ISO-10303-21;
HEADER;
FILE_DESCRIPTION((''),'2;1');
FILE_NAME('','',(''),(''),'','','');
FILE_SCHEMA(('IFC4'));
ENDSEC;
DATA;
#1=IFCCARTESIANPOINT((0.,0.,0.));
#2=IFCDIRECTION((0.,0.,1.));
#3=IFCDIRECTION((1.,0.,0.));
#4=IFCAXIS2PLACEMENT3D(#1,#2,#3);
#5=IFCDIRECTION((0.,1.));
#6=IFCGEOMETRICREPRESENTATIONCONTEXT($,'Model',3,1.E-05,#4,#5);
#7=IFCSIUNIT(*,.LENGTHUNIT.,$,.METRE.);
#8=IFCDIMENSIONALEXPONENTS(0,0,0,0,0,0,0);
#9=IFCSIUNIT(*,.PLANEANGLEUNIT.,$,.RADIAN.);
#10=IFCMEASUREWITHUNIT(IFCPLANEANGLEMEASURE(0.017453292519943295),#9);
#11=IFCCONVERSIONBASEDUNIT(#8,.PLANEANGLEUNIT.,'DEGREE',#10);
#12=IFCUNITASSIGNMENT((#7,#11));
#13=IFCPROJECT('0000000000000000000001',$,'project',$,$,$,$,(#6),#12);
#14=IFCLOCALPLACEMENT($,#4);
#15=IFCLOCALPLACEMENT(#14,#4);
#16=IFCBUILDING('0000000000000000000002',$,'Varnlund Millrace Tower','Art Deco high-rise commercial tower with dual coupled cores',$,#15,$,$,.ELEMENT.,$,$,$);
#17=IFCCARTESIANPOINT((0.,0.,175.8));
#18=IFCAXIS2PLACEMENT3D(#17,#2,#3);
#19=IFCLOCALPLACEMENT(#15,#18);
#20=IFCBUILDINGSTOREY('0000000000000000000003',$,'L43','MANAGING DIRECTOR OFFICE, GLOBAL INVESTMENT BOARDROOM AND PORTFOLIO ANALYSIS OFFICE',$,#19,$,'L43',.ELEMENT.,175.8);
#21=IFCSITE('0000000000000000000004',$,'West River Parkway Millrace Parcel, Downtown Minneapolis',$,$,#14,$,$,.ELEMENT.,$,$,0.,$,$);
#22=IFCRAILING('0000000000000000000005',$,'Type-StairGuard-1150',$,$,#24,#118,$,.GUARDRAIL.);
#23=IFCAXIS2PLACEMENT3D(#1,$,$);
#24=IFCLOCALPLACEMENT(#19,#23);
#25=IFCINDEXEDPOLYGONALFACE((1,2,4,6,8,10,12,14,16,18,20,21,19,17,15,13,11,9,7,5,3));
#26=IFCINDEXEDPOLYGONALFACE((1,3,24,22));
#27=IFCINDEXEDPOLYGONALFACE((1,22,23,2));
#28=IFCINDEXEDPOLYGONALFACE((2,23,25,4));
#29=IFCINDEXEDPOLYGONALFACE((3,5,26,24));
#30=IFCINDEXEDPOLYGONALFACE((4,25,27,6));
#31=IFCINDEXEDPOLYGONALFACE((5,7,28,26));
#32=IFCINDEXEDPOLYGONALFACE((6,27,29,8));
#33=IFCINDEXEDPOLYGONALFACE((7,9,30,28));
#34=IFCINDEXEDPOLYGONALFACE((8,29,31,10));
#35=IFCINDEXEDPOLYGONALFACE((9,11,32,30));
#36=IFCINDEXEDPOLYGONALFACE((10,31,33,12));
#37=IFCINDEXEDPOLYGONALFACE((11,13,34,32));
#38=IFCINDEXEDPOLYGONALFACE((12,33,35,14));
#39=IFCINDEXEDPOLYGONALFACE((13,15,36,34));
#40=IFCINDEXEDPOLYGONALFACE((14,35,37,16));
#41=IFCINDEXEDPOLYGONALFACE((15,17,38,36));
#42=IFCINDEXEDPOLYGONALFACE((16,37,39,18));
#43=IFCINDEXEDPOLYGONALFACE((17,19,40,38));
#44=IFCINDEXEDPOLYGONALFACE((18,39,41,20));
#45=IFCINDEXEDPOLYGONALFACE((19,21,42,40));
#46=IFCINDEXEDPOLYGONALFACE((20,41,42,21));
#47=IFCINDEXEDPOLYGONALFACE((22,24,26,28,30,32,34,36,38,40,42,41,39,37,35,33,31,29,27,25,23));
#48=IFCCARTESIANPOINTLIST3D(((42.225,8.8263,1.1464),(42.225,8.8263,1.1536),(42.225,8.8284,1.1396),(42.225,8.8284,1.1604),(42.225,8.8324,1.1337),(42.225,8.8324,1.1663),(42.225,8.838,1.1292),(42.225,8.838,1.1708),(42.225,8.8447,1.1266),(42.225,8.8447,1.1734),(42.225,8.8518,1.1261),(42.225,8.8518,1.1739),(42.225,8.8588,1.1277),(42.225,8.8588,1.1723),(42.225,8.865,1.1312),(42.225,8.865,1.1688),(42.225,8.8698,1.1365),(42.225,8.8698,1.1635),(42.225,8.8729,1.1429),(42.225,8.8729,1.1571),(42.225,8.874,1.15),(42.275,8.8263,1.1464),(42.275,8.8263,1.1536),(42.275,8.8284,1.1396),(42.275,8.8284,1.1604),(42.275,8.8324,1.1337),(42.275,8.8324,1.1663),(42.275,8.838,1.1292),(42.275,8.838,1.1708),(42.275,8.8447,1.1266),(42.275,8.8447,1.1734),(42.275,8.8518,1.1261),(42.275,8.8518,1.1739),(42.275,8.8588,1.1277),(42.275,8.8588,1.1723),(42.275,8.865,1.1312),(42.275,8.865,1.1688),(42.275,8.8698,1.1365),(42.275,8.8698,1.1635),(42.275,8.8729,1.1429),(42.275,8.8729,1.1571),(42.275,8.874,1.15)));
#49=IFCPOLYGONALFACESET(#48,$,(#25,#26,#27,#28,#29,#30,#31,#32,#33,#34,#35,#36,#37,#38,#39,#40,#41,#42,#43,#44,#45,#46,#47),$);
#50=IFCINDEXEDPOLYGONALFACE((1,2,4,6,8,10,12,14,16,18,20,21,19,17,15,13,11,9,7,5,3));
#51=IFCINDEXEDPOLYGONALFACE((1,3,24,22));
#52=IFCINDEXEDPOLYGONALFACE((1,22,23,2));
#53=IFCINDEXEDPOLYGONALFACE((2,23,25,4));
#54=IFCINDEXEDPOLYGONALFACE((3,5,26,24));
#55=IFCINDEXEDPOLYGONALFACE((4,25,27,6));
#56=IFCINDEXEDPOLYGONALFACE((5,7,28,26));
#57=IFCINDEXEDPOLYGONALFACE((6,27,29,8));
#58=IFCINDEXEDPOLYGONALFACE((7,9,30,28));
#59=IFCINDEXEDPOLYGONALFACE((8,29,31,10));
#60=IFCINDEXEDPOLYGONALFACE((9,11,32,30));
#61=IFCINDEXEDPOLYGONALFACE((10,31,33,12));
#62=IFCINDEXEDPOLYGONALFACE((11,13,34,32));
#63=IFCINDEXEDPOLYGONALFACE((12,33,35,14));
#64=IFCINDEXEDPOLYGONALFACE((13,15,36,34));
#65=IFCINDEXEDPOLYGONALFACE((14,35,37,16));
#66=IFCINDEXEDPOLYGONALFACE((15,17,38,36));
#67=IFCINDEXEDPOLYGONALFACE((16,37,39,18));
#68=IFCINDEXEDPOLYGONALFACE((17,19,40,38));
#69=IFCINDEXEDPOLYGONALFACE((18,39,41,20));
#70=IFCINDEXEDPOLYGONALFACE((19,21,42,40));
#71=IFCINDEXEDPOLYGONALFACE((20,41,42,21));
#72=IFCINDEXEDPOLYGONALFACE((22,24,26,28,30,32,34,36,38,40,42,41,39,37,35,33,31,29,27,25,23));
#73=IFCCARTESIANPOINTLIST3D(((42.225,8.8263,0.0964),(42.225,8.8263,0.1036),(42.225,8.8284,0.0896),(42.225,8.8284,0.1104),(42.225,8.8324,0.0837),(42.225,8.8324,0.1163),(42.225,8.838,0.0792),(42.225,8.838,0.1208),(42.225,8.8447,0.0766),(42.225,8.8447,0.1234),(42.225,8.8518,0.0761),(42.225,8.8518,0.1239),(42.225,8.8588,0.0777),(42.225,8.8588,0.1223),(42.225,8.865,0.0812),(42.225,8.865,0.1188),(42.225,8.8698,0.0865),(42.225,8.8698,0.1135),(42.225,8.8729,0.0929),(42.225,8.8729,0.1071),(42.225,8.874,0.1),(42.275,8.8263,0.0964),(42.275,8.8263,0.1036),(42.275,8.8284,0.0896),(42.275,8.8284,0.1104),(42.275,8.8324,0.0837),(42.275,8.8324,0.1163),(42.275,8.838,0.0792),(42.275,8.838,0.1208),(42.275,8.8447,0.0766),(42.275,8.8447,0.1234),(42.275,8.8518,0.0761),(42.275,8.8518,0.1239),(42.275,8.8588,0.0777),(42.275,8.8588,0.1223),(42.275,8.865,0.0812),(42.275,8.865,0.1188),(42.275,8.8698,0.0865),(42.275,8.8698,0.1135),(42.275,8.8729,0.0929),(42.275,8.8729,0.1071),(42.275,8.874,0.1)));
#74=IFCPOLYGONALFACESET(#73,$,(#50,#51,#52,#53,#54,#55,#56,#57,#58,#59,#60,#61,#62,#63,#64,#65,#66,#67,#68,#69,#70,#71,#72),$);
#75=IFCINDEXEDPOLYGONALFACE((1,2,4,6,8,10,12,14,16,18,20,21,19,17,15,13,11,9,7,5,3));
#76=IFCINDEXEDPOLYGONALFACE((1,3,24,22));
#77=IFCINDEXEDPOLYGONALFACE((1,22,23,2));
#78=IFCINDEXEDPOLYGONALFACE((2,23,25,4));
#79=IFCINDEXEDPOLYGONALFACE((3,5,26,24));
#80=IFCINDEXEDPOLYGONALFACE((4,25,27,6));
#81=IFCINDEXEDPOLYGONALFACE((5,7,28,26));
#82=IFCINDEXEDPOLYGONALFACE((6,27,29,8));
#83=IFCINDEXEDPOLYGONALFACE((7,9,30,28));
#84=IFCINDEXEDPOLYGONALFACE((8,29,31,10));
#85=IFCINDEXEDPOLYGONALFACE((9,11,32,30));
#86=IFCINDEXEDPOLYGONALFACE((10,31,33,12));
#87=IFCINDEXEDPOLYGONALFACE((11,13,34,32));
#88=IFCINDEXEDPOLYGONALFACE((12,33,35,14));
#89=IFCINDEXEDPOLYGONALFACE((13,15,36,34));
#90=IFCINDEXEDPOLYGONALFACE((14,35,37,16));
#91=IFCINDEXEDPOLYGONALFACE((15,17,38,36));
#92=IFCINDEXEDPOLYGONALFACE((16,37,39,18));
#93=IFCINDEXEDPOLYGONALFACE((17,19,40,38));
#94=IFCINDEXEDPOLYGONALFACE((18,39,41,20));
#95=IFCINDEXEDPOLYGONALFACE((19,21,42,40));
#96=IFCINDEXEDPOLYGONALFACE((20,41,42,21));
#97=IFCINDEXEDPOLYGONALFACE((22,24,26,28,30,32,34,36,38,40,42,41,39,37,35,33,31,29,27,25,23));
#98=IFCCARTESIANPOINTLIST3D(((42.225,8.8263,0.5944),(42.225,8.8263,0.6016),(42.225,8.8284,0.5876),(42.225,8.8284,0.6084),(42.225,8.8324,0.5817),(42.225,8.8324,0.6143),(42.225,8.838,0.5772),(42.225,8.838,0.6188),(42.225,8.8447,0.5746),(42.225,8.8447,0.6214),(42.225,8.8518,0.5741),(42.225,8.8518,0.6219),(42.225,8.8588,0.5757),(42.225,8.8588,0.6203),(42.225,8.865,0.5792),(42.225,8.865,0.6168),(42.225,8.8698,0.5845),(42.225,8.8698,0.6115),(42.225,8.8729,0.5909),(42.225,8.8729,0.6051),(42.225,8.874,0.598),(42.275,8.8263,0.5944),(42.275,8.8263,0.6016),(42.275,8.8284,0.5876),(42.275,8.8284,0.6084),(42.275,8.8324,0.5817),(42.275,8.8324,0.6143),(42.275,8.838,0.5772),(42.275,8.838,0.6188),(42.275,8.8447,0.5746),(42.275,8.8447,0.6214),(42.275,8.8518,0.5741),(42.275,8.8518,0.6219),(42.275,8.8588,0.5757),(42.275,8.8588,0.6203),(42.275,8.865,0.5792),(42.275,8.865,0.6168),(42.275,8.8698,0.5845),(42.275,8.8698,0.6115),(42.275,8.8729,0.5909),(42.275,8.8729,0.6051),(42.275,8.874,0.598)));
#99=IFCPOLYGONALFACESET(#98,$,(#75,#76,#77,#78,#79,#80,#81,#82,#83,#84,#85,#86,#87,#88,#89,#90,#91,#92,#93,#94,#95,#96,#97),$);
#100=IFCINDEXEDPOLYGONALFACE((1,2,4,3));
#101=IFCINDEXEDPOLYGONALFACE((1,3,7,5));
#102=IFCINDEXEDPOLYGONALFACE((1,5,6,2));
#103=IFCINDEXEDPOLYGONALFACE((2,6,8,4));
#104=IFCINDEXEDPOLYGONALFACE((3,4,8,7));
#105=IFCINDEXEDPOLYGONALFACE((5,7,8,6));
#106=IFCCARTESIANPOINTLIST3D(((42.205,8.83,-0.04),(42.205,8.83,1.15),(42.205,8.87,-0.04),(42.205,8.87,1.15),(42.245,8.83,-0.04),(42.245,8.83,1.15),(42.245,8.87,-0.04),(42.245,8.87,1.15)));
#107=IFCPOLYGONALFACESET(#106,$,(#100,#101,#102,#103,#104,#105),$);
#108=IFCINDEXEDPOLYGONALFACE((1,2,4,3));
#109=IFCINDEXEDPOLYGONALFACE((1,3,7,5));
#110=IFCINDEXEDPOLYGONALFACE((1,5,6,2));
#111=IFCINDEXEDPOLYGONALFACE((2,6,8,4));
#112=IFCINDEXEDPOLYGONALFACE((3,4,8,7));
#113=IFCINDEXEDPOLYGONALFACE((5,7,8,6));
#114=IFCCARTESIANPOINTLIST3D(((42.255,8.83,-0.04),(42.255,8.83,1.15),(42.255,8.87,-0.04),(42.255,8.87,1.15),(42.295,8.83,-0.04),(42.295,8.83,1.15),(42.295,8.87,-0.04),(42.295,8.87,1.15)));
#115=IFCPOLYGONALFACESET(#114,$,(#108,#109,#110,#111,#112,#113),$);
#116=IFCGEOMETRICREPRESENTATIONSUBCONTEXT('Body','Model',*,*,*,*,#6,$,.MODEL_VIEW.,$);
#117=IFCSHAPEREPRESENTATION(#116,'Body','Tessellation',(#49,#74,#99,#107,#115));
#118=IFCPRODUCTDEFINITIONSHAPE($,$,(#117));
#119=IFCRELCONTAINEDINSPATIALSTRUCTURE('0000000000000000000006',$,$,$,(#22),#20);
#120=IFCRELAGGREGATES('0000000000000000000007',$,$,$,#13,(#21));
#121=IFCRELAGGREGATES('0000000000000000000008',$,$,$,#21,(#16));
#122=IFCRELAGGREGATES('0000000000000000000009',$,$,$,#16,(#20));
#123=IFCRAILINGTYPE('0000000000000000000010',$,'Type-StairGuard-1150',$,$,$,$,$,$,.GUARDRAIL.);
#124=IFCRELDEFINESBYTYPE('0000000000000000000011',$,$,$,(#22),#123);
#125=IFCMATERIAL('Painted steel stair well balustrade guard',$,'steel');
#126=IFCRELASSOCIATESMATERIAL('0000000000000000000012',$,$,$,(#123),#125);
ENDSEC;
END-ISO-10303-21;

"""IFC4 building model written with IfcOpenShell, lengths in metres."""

from ifc_helpers import new_model, entity, si_unit, converted_unit, direction, frame, origin_with_axes, origin_2d_with_axis, place, context, subcontext, project, spatial, rectangle, circle, extrude, material, type_object, element, save


model = new_model("IFC4")

# Units and contexts
model_context = context("Model", 3, precision=1e-05, world=origin_with_axes(), true_north=direction((0.0, 1.0)))
body_context = subcontext(model_context, "Body", "Model", "MODEL_VIEW")
ifc_project = project(units=[si_unit("LENGTHUNIT", "METRE"), converted_unit("PLANEANGLEUNIT", "DEGREE", entity("IfcPlaneAngleMeasure", 0.017453292519943295), si_unit("PLANEANGLEUNIT", "RADIAN"), dimensions=[0, 0, 0, 0, 0, 0, 0])], contexts=[model_context])

# Site, building, storey
site_placement = place(None, origin_with_axes())
site = spatial("IfcSite", under=ifc_project, at=site_placement, Name="West River Parkway Millrace Parcel, Downtown Minneapolis", CompositionType="ELEMENT", RefElevation=0.0)
building_placement = place(site_placement, origin_with_axes())
building = spatial("IfcBuilding", under=site, at=building_placement, Name="Varnlund Millrace Tower", Description="Art Deco high-rise commercial tower with dual coupled cores", CompositionType="ELEMENT")
storey_placement = place(building_placement, frame((0.0, 0.0, 175.8), z_axis=(0.0, 0.0, 1.0), x_axis=(1.0, 0.0, 0.0)))
storey = spatial("IfcBuildingStorey", under=building, at=storey_placement, Name="L43", Description="MANAGING DIRECTOR OFFICE, GLOBAL INVESTMENT BOARDROOM AND PORTFOLIO ANALYSIS OFFICE", LongName="L43", CompositionType="ELEMENT", Elevation=175.8)

# Railing
ifc_material_1 = material(Name="Painted steel stair well balustrade guard", Category="steel")
railing_type_1 = type_object("IfcRailingType", Name="Type-StairGuard-1150", PredefinedType="GUARDRAIL", material=ifc_material_1)
railing_1_placement = place(storey_placement, frame((0.0, 0.0, -175.8), z_axis=(0.0, 0.0, 1.0), x_axis=(1.0, 0.0, 0.0)))
element("IfcRailing", 1, at=railing_1_placement, inside=storey, type_object=railing_type_1, Name="Type-StairGuard-1150", PredefinedType="GUARDRAIL", context=body_context, shape_type="SweptSolid", body=[
    extrude(circle(Radius=0.024, at=origin_2d_with_axis()), frame((42.225, 8.85, 176.95), z_axis=(1.0, 0.0, 0.0), x_axis=(0.0, 1.0, 0.0)), (0.0, 0.0, 1.0), 0.05),
    extrude(circle(Radius=0.024, at=origin_2d_with_axis()), frame((42.225, 8.85, 175.9), z_axis=(1.0, 0.0, 0.0), x_axis=(0.0, 1.0, 0.0)), (0.0, 0.0, 1.0), 0.05),
    extrude(circle(Radius=0.024, at=origin_2d_with_axis()), frame((42.225, 8.85, 176.398), z_axis=(1.0, 0.0, 0.0), x_axis=(0.0, 1.0, 0.0)), (0.0, 0.0, 1.0), 0.05),
    extrude(rectangle(XDim=0.04, YDim=0.04, at=origin_2d_with_axis()), frame((42.225, 8.85, 175.76), z_axis=(0.0, 0.0, 1.0), x_axis=(1.0, 0.0, 0.0)), (0.0, 0.0, 1.0), 1.19),
    extrude(rectangle(XDim=0.04, YDim=0.04, at=origin_2d_with_axis()), frame((42.275, 8.85, 175.76), z_axis=(0.0, 0.0, 1.0), x_axis=(1.0, 0.0, 0.0)), (0.0, 0.0, 1.0), 1.19),
])

save(model, "model.ifc")
